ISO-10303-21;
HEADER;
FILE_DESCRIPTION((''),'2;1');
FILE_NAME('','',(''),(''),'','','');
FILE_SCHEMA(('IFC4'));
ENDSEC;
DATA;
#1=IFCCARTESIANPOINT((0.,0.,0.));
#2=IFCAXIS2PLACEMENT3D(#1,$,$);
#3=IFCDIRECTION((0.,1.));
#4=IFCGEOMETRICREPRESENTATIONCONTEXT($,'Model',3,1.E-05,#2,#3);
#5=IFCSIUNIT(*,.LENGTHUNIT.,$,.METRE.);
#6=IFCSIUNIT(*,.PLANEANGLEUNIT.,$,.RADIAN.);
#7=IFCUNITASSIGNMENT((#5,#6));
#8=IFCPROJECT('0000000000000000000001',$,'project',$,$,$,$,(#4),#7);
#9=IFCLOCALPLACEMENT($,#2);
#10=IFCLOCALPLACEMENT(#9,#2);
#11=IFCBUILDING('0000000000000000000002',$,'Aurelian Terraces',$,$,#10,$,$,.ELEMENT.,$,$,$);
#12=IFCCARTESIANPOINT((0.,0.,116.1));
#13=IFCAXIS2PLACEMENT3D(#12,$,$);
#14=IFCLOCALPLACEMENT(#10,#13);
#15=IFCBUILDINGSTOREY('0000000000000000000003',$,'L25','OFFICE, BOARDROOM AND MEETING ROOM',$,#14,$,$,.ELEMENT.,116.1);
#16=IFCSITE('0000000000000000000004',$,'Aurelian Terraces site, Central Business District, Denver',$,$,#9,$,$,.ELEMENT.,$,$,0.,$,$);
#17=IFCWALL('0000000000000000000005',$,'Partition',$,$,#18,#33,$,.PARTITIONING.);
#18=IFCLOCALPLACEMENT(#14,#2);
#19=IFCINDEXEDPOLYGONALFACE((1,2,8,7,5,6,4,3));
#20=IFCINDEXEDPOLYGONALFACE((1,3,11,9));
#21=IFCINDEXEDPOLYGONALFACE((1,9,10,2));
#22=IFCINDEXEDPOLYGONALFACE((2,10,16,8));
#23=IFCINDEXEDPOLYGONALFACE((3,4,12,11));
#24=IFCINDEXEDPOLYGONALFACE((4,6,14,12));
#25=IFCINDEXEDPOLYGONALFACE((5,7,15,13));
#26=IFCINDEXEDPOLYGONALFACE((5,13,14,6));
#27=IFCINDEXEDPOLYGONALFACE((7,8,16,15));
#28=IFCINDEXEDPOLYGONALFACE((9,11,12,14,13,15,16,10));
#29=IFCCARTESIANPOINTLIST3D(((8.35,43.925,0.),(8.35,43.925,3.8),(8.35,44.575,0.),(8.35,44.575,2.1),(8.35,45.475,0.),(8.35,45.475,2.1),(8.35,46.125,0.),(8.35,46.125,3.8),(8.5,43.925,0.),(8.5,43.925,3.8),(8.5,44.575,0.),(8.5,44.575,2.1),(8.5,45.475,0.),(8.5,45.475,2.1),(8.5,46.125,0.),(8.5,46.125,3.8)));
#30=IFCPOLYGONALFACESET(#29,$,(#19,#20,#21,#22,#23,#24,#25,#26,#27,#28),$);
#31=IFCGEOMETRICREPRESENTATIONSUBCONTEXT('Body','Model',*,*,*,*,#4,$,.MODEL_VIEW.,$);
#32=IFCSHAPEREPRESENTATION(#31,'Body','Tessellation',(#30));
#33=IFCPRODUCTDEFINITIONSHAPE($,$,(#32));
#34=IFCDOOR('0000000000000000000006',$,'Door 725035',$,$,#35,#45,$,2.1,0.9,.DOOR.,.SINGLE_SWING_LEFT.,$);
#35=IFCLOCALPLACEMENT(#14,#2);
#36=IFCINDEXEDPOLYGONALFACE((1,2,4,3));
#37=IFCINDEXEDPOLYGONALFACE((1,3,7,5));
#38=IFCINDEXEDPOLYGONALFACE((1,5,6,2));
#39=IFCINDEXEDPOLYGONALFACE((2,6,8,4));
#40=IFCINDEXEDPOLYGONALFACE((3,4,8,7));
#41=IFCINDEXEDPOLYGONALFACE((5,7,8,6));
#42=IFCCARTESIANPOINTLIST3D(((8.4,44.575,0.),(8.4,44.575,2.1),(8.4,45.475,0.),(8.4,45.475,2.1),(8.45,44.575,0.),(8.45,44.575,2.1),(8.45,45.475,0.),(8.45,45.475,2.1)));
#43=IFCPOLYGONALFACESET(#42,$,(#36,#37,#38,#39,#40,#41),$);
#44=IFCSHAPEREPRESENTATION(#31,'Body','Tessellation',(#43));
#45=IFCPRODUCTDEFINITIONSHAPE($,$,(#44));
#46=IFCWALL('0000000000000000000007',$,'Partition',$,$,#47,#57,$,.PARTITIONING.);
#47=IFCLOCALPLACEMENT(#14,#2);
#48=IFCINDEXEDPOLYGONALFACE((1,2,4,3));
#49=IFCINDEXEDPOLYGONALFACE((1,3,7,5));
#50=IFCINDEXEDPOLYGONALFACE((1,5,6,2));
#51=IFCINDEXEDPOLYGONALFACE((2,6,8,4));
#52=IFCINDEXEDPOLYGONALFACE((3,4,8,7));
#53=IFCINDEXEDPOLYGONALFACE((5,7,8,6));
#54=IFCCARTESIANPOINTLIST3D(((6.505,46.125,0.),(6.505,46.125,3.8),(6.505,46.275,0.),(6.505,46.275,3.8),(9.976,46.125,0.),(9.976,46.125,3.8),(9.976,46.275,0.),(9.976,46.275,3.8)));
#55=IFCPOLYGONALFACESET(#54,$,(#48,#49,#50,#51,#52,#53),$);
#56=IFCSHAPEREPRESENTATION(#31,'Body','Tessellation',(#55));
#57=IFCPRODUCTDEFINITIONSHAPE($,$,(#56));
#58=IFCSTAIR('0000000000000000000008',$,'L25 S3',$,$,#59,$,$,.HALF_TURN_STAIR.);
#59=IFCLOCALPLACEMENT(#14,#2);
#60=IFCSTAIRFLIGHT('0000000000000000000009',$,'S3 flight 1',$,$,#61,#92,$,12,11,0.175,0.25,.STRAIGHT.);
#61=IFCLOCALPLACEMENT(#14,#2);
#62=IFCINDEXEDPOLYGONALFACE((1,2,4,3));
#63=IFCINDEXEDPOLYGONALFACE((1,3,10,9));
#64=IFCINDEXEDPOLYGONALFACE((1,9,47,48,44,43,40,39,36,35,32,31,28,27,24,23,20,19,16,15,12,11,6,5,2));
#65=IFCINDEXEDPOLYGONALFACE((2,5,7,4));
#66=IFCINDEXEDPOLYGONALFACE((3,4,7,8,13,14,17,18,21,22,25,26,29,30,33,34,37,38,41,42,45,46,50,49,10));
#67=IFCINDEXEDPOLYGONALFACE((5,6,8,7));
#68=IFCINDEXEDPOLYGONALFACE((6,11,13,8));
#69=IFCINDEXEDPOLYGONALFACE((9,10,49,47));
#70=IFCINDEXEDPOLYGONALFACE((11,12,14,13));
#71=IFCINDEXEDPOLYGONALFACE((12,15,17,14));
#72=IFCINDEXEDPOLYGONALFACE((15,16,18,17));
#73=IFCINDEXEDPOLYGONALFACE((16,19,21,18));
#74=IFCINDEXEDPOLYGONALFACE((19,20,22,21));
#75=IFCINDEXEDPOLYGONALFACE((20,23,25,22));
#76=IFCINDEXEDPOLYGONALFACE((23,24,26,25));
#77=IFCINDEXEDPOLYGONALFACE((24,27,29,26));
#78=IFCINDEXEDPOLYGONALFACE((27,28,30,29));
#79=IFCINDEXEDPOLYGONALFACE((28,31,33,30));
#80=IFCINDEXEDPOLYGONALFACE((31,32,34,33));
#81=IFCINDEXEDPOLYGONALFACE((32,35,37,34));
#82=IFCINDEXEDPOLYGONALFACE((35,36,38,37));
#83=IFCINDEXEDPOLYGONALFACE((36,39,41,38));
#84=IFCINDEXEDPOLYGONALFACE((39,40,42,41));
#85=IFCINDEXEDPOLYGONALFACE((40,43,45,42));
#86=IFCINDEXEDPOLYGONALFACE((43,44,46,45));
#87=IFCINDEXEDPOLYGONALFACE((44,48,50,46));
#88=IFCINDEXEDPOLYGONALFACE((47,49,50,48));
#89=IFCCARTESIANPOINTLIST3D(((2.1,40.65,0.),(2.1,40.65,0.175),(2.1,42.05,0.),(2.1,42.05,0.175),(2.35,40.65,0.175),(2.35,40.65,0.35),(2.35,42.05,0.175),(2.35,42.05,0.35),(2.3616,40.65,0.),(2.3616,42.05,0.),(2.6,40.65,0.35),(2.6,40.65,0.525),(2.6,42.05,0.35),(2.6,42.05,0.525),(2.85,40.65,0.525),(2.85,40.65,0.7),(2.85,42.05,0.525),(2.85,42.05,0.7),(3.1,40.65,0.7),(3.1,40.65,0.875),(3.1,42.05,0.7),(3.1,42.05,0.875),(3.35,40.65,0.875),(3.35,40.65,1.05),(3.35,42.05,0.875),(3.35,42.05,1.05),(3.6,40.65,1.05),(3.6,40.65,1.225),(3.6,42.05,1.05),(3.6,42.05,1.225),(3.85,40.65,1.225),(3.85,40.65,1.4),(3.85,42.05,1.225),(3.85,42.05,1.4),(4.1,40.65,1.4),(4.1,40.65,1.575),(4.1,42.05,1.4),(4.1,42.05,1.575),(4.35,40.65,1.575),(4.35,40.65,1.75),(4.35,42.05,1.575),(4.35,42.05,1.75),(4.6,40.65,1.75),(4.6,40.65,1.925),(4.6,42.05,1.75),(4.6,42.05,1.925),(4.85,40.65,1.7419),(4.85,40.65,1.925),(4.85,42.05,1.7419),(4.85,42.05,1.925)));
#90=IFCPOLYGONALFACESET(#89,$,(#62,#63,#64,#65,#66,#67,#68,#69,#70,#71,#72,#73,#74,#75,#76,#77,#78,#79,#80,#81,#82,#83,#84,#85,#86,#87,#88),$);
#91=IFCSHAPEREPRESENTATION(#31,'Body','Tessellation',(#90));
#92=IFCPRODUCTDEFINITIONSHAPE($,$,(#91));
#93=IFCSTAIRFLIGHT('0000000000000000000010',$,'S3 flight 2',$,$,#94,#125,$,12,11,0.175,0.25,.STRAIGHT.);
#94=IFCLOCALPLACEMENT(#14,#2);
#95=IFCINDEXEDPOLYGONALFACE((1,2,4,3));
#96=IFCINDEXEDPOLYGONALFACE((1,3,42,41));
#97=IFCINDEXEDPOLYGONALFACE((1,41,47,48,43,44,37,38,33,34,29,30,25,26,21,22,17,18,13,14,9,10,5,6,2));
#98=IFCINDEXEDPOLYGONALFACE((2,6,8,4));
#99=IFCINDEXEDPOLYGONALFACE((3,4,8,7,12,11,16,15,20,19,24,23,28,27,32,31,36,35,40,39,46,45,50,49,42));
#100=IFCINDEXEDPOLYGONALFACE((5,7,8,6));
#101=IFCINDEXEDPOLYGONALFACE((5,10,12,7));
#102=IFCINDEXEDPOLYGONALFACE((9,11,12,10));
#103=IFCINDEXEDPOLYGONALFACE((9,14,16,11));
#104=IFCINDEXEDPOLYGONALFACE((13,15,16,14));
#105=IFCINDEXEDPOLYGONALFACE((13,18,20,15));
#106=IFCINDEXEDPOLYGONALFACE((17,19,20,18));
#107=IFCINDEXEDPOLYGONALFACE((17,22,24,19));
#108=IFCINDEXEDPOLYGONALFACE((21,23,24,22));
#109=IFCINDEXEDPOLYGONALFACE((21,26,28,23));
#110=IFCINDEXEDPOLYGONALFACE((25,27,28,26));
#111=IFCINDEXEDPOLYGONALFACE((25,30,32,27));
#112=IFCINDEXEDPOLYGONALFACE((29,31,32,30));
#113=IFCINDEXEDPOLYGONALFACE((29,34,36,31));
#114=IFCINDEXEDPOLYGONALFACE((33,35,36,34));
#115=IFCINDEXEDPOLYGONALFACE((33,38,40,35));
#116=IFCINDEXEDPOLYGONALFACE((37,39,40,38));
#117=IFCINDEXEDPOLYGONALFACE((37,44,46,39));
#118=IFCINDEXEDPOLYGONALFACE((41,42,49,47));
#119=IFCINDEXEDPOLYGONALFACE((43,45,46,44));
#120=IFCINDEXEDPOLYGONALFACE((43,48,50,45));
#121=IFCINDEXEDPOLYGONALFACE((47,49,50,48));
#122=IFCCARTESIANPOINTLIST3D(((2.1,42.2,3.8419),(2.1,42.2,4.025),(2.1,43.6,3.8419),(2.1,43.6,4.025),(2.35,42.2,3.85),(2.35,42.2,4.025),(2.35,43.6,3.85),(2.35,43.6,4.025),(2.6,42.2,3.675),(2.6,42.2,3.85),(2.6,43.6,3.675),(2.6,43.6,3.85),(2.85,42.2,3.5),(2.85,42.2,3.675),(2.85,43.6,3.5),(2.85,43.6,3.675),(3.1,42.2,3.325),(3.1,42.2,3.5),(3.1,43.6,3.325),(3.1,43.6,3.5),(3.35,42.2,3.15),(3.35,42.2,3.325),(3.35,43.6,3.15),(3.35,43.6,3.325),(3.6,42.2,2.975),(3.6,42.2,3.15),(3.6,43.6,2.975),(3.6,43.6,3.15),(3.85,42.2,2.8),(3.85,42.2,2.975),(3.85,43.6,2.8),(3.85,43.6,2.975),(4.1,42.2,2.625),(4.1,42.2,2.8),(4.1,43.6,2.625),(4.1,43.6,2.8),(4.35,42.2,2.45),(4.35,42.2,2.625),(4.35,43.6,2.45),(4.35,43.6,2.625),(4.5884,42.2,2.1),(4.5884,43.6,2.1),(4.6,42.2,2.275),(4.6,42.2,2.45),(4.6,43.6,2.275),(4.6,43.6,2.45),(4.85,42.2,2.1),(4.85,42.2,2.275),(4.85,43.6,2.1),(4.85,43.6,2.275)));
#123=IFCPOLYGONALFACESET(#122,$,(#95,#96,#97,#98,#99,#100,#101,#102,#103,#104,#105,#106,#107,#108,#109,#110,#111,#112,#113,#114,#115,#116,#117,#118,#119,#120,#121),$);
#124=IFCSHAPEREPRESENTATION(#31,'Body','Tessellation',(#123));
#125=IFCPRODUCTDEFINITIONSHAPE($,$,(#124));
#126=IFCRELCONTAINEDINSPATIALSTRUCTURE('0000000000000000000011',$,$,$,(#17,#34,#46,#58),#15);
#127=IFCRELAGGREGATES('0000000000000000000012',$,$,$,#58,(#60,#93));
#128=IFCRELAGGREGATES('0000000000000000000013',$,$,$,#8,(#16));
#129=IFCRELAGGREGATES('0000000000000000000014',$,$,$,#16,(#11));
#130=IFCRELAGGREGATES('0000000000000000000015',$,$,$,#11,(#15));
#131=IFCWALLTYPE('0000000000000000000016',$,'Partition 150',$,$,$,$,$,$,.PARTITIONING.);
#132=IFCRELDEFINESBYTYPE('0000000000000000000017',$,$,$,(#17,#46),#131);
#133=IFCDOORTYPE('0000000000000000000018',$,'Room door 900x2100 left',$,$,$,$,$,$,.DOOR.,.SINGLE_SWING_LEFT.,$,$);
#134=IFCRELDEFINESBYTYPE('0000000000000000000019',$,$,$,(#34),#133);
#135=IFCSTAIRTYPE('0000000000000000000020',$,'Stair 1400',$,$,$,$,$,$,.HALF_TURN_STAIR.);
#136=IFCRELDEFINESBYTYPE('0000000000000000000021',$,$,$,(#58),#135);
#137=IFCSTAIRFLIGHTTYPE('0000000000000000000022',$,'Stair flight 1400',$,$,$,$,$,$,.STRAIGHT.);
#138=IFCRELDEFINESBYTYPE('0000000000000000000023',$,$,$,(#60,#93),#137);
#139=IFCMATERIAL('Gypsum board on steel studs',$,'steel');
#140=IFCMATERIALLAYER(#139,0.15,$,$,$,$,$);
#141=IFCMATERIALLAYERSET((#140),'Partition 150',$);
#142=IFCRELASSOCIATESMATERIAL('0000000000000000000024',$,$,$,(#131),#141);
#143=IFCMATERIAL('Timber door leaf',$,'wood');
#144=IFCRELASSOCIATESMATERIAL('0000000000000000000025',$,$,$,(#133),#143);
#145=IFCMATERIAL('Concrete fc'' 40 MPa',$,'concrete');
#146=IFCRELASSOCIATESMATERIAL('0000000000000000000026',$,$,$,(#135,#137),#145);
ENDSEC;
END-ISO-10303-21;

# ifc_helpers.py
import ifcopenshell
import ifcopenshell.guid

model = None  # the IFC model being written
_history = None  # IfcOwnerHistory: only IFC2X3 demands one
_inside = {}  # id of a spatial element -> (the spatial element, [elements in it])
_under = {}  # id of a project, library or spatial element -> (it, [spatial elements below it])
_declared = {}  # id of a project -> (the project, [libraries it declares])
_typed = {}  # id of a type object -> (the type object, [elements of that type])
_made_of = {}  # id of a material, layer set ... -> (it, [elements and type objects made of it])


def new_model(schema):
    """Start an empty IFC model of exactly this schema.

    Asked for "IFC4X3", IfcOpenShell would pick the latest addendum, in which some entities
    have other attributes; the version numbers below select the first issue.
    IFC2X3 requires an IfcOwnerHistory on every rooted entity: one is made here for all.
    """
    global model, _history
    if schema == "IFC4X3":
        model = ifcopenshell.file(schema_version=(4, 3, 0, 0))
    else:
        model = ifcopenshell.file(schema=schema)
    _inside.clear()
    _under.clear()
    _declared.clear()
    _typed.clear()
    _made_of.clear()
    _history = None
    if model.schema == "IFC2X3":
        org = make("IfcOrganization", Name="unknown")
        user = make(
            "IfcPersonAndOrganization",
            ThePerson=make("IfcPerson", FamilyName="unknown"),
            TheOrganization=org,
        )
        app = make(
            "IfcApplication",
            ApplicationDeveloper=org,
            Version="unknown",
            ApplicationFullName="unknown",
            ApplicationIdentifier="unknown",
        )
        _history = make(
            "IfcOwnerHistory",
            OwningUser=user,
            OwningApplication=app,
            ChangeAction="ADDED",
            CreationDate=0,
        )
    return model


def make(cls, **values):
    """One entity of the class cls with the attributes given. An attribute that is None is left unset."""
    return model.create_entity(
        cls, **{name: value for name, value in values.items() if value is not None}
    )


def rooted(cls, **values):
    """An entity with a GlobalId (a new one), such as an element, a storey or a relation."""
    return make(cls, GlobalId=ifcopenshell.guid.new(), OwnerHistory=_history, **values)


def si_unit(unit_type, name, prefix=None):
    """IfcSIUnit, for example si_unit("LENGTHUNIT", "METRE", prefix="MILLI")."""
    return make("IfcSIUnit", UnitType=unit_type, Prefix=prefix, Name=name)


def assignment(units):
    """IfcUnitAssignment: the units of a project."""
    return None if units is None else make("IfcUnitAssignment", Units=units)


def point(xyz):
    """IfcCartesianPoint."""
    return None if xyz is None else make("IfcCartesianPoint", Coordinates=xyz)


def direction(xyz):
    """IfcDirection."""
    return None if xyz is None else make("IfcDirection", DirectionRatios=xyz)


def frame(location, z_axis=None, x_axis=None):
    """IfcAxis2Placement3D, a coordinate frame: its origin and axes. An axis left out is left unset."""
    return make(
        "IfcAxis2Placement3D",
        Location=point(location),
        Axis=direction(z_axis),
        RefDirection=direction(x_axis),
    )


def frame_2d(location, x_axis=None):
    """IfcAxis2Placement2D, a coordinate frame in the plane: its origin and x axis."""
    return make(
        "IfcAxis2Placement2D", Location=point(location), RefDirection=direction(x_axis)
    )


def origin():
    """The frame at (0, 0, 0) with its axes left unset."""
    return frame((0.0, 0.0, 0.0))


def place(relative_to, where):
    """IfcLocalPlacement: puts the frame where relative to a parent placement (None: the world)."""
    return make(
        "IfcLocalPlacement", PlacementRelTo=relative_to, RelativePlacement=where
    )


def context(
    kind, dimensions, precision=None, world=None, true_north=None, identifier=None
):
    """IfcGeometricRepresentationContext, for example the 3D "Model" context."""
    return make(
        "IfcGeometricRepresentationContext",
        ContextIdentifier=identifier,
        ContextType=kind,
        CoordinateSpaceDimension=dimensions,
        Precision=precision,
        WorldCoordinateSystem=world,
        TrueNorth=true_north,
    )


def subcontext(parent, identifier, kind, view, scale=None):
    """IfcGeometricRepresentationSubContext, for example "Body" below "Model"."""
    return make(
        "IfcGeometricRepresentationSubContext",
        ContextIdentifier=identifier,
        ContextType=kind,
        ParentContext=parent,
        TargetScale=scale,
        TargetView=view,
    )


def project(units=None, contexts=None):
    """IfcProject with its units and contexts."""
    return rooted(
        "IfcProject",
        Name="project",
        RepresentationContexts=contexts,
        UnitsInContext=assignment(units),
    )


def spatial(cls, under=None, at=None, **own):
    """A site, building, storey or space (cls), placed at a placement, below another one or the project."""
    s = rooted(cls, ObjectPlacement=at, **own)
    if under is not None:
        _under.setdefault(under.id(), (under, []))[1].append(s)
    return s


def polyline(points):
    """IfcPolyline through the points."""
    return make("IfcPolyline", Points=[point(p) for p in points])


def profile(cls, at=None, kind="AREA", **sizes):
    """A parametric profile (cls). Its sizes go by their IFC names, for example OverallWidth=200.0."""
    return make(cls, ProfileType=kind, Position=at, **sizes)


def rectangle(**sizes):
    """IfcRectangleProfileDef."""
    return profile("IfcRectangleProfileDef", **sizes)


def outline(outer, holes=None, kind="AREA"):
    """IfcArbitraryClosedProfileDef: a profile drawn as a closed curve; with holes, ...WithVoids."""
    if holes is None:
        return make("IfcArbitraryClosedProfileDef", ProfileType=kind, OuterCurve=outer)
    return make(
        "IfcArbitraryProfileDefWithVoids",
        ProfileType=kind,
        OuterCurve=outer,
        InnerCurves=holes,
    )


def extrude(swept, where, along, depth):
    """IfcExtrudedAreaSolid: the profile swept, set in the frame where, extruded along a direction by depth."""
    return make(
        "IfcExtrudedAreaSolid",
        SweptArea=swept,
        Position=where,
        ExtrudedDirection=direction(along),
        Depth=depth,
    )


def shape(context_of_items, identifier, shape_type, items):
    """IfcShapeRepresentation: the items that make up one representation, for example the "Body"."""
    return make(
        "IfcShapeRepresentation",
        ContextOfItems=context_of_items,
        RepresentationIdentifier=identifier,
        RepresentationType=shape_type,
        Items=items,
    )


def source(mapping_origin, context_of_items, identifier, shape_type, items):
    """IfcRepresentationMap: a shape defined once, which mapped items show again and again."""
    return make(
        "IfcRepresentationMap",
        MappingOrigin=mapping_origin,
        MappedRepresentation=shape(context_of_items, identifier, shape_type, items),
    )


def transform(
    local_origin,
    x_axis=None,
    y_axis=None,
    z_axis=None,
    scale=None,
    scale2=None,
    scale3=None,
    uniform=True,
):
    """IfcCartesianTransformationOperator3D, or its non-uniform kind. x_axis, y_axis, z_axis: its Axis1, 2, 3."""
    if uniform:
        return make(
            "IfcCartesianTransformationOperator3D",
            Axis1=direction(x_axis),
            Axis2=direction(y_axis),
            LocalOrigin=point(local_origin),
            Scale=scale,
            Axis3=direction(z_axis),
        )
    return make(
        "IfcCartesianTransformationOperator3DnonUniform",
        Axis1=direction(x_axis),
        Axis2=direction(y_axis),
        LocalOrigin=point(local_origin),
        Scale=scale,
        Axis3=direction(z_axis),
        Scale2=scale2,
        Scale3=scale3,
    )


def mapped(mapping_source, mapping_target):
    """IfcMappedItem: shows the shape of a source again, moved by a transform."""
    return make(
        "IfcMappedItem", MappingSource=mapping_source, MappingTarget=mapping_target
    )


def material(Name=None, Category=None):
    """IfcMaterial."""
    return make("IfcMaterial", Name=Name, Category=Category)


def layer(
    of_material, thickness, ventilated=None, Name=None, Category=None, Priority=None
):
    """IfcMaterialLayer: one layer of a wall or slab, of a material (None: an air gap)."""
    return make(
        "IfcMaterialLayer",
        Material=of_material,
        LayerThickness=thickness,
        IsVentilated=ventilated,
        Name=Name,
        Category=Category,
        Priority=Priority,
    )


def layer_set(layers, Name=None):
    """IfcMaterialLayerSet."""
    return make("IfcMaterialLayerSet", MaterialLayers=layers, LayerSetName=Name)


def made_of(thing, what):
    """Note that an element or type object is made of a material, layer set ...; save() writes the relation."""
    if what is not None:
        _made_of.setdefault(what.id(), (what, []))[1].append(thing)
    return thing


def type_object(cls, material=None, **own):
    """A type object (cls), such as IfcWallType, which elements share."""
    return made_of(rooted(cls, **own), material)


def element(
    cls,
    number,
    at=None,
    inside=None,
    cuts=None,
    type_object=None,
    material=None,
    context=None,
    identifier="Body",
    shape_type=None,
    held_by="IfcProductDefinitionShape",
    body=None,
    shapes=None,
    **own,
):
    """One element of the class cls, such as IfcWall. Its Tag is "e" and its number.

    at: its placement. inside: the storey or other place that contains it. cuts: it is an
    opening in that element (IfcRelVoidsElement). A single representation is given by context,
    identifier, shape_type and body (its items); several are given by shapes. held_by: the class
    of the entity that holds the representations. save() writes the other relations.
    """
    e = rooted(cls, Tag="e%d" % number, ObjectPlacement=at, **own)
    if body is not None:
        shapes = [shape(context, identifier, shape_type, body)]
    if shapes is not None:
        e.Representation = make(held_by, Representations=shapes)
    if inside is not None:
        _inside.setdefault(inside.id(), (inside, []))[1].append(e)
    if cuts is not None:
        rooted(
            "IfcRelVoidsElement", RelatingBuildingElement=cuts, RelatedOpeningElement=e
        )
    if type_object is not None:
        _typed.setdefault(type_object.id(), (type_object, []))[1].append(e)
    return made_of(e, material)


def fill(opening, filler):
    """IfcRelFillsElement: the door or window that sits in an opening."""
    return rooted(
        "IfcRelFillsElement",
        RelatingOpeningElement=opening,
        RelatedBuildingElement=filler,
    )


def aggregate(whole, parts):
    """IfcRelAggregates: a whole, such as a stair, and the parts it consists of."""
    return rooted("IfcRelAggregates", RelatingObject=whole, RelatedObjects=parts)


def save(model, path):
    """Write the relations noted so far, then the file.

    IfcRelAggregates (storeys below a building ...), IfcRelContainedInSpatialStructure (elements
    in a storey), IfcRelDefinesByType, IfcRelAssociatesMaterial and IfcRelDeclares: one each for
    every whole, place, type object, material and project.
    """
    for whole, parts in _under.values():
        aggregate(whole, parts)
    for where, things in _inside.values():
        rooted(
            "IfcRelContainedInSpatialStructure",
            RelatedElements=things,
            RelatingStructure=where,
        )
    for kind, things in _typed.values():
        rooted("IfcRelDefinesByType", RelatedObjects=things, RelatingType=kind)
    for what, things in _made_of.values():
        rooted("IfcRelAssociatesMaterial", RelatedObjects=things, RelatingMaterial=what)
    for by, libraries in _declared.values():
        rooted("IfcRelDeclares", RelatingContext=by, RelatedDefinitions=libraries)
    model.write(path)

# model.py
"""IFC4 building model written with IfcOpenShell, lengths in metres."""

from ifc_helpers import new_model, si_unit, direction, frame, frame_2d, origin, place, context, subcontext, project, spatial, polyline, rectangle, outline, extrude, source, transform, mapped, material, layer, layer_set, type_object, element, fill, aggregate, save


model = new_model("IFC4")

# Units and contexts
model_context = context("Model", 3, precision=1e-05, world=origin(), true_north=direction((0.0, 1.0)))
body_context = subcontext(model_context, "Body", "Model", "MODEL_VIEW")
ifc_project = project(units=[si_unit("LENGTHUNIT", "METRE"), si_unit("PLANEANGLEUNIT", "RADIAN")], contexts=[model_context])

# Site, building, storey
site_placement = place(None, origin())
site = spatial("IfcSite", under=ifc_project, at=site_placement, Name="Aurelian Terraces site, Central Business District, Denver", CompositionType="ELEMENT", RefElevation=0.0)
building_placement = place(site_placement, origin())
building = spatial("IfcBuilding", under=site, at=building_placement, Name="Aurelian Terraces", CompositionType="ELEMENT")
storey_placement = place(building_placement, frame((0.0, 0.0, 116.1)))
storey = spatial("IfcBuildingStorey", under=building, at=storey_placement, Name="L25", Description="OFFICE, BOARDROOM AND MEETING ROOM", CompositionType="ELEMENT", Elevation=116.1)

# Shared definitions
ifc_material_1 = material(Name="Concrete fc' 40 MPa", Category="concrete")

# Shared definitions
ifc_material_2 = material(Name="Gypsum board on steel studs", Category="steel")

# Wall, opening, door
ifc_layer_1 = layer(ifc_material_2, 0.15)
ifc_layer_set_1 = layer_set([ifc_layer_1], Name="Partition 150")
wall_type_1 = type_object("IfcWallType", Name="Partition 150", PredefinedType="PARTITIONING", material=ifc_layer_set_1)
shared_shape_1 = source(origin(), body_context, "Body", "SweptSolid", [
    extrude(rectangle(XDim=2.2, YDim=0.15, at=frame_2d((1.1, 0.0))), origin(), (0.0, 0.0, 1.0), 3.8),
])
wall_1_placement = place(storey_placement, frame((8.425, 43.925, 0.0), z_axis=(0.0, 0.0, 1.0), x_axis=(0.0, 1.0, 0.0)))
wall_1 = element("IfcWall", 1, at=wall_1_placement, inside=storey, type_object=wall_type_1, Name="Partition", PredefinedType="PARTITIONING", context=body_context, shape_type="MappedRepresentation", body=[
    mapped(shared_shape_1, transform((0.0, 0.0, 0.0), scale=1.0)),
])
shared_shape_2 = source(origin(), body_context, "Body", "SweptSolid", [
    extrude(rectangle(XDim=0.9, YDim=2.1, at=frame_2d((0.45, 1.05))), frame((0.0, 0.085, 0.0), z_axis=(0.0, -1.0, 0.0), x_axis=(1.0, 0.0, 0.0)), (0.0, 0.0, 1.0), 0.17),
])
opening_1_placement = place(wall_1_placement, frame((0.65, 0.0, 0.0)))
opening_1 = element("IfcOpeningElement", 2, at=opening_1_placement, cuts=wall_1, PredefinedType="OPENING", context=body_context, shape_type="MappedRepresentation", body=[
    mapped(shared_shape_2, transform((0.0, 0.0, 0.0), scale=1.0)),
])
ifc_material_3 = material(Name="Timber door leaf", Category="wood")
door_type = type_object("IfcDoorType", Name="Room door 900x2100 left", OperationType="SINGLE_SWING_LEFT", PredefinedType="DOOR", material=ifc_material_3)
shared_shape_3 = source(origin(), body_context, "Body", "SweptSolid", [
    extrude(rectangle(XDim=0.9, YDim=2.1, at=frame_2d((0.45, 1.05))), frame((0.0, 0.025, 0.0), z_axis=(0.0, -1.0, 0.0), x_axis=(1.0, 0.0, 0.0)), (0.0, 0.0, 1.0), 0.05),
])
door_placement = place(opening_1_placement, origin())
door = element("IfcDoor", 3, at=door_placement, inside=storey, type_object=door_type, Name="Door 725035", OperationType="SINGLE_SWING_LEFT", OverallHeight=2.1, OverallWidth=0.9, PredefinedType="DOOR", context=body_context, shape_type="MappedRepresentation", body=[
    mapped(shared_shape_3, transform((0.0, 0.0, 0.0), scale=1.0)),
])
fill(opening_1, door)

# Wall
shared_shape_4 = source(origin(), body_context, "Body", "SweptSolid", [
    extrude(rectangle(XDim=3.471, YDim=0.15, at=frame_2d((1.7355, 0.0))), origin(), (0.0, 0.0, 1.0), 3.8),
])
wall_2_placement = place(storey_placement, frame((9.976, 46.2, 0.0), z_axis=(0.0, 0.0, 1.0), x_axis=(-1.0, 0.0, 0.0)))
element("IfcWall", 4, at=wall_2_placement, inside=storey, type_object=wall_type_1, Name="Partition", PredefinedType="PARTITIONING", context=body_context, shape_type="MappedRepresentation", body=[
    mapped(shared_shape_4, transform((0.0, 0.0, 0.0), scale=1.0)),
])

# Stair, stair flights
stair_type = type_object("IfcStairType", Name="Stair 1400", PredefinedType="HALF_TURN_STAIR", material=ifc_material_1)
stair_placement = place(storey_placement, origin())
stair = element("IfcStair", 5, at=stair_placement, inside=storey, type_object=stair_type, Name="L25 S3", PredefinedType="HALF_TURN_STAIR")
stair_flight_type = type_object("IfcStairFlightType", Name="Stair flight 1400", PredefinedType="STRAIGHT", material=ifc_material_1)
shared_shape_5 = source(origin(), body_context, "Body", "SweptSolid", [
    extrude(outline(polyline([(0.0, 0.0), (0.0, 0.175), (0.25, 0.175), (0.25, 0.35), (0.5, 0.35), (0.5, 0.525), (0.75, 0.525), (0.75, 0.7), (1.0, 0.7), (1.0, 0.875), (1.25, 0.875), (1.25, 1.05), (1.5, 1.05), (1.5, 1.225), (1.75, 1.225), (1.75, 1.4), (2.0, 1.4), (2.0, 1.575), (2.25, 1.575), (2.25, 1.75), (2.5, 1.75), (2.5, 1.925), (2.75, 1.925), (2.75, 2.1), (2.75, 1.7419), (0.2616, 0.0), (0.0, 0.0)])), frame((0.0, 0.7, 0.0), z_axis=(0.0, -1.0, 0.0), x_axis=(1.0, 0.0, 0.0)), (0.0, 0.0, 1.0), 1.4),
])
stair_flight_1_placement = place(storey_placement, frame((2.1, 41.35, 0.0), z_axis=(0.0, 0.0, 1.0), x_axis=(1.0, 0.0, 0.0)))
stair_flight_1 = element("IfcStairFlight", 6, at=stair_flight_1_placement, type_object=stair_flight_type, Name="S3 flight 1", NumberOfRisers=12, NumberOfTreads=11, PredefinedType="STRAIGHT", RiserHeight=0.175, TreadLength=0.25, context=body_context, shape_type="MappedRepresentation", body=[
    mapped(shared_shape_5, transform((0.0, 0.0, 0.0), scale=1.0)),
])
stair_flight_2_placement = place(storey_placement, frame((4.85, 42.9, 2.1), z_axis=(0.0, 0.0, 1.0), x_axis=(-1.0, 0.0, 0.0)))
stair_flight_2 = element("IfcStairFlight", 7, at=stair_flight_2_placement, type_object=stair_flight_type, Name="S3 flight 2", NumberOfRisers=12, NumberOfTreads=11, PredefinedType="STRAIGHT", RiserHeight=0.175, TreadLength=0.25, context=body_context, shape_type="MappedRepresentation", body=[
    mapped(shared_shape_5, transform((0.0, 0.0, 0.0), scale=1.0)),
])
aggregate(stair, [stair_flight_1, stair_flight_2])

save(model, "model.ifc")
